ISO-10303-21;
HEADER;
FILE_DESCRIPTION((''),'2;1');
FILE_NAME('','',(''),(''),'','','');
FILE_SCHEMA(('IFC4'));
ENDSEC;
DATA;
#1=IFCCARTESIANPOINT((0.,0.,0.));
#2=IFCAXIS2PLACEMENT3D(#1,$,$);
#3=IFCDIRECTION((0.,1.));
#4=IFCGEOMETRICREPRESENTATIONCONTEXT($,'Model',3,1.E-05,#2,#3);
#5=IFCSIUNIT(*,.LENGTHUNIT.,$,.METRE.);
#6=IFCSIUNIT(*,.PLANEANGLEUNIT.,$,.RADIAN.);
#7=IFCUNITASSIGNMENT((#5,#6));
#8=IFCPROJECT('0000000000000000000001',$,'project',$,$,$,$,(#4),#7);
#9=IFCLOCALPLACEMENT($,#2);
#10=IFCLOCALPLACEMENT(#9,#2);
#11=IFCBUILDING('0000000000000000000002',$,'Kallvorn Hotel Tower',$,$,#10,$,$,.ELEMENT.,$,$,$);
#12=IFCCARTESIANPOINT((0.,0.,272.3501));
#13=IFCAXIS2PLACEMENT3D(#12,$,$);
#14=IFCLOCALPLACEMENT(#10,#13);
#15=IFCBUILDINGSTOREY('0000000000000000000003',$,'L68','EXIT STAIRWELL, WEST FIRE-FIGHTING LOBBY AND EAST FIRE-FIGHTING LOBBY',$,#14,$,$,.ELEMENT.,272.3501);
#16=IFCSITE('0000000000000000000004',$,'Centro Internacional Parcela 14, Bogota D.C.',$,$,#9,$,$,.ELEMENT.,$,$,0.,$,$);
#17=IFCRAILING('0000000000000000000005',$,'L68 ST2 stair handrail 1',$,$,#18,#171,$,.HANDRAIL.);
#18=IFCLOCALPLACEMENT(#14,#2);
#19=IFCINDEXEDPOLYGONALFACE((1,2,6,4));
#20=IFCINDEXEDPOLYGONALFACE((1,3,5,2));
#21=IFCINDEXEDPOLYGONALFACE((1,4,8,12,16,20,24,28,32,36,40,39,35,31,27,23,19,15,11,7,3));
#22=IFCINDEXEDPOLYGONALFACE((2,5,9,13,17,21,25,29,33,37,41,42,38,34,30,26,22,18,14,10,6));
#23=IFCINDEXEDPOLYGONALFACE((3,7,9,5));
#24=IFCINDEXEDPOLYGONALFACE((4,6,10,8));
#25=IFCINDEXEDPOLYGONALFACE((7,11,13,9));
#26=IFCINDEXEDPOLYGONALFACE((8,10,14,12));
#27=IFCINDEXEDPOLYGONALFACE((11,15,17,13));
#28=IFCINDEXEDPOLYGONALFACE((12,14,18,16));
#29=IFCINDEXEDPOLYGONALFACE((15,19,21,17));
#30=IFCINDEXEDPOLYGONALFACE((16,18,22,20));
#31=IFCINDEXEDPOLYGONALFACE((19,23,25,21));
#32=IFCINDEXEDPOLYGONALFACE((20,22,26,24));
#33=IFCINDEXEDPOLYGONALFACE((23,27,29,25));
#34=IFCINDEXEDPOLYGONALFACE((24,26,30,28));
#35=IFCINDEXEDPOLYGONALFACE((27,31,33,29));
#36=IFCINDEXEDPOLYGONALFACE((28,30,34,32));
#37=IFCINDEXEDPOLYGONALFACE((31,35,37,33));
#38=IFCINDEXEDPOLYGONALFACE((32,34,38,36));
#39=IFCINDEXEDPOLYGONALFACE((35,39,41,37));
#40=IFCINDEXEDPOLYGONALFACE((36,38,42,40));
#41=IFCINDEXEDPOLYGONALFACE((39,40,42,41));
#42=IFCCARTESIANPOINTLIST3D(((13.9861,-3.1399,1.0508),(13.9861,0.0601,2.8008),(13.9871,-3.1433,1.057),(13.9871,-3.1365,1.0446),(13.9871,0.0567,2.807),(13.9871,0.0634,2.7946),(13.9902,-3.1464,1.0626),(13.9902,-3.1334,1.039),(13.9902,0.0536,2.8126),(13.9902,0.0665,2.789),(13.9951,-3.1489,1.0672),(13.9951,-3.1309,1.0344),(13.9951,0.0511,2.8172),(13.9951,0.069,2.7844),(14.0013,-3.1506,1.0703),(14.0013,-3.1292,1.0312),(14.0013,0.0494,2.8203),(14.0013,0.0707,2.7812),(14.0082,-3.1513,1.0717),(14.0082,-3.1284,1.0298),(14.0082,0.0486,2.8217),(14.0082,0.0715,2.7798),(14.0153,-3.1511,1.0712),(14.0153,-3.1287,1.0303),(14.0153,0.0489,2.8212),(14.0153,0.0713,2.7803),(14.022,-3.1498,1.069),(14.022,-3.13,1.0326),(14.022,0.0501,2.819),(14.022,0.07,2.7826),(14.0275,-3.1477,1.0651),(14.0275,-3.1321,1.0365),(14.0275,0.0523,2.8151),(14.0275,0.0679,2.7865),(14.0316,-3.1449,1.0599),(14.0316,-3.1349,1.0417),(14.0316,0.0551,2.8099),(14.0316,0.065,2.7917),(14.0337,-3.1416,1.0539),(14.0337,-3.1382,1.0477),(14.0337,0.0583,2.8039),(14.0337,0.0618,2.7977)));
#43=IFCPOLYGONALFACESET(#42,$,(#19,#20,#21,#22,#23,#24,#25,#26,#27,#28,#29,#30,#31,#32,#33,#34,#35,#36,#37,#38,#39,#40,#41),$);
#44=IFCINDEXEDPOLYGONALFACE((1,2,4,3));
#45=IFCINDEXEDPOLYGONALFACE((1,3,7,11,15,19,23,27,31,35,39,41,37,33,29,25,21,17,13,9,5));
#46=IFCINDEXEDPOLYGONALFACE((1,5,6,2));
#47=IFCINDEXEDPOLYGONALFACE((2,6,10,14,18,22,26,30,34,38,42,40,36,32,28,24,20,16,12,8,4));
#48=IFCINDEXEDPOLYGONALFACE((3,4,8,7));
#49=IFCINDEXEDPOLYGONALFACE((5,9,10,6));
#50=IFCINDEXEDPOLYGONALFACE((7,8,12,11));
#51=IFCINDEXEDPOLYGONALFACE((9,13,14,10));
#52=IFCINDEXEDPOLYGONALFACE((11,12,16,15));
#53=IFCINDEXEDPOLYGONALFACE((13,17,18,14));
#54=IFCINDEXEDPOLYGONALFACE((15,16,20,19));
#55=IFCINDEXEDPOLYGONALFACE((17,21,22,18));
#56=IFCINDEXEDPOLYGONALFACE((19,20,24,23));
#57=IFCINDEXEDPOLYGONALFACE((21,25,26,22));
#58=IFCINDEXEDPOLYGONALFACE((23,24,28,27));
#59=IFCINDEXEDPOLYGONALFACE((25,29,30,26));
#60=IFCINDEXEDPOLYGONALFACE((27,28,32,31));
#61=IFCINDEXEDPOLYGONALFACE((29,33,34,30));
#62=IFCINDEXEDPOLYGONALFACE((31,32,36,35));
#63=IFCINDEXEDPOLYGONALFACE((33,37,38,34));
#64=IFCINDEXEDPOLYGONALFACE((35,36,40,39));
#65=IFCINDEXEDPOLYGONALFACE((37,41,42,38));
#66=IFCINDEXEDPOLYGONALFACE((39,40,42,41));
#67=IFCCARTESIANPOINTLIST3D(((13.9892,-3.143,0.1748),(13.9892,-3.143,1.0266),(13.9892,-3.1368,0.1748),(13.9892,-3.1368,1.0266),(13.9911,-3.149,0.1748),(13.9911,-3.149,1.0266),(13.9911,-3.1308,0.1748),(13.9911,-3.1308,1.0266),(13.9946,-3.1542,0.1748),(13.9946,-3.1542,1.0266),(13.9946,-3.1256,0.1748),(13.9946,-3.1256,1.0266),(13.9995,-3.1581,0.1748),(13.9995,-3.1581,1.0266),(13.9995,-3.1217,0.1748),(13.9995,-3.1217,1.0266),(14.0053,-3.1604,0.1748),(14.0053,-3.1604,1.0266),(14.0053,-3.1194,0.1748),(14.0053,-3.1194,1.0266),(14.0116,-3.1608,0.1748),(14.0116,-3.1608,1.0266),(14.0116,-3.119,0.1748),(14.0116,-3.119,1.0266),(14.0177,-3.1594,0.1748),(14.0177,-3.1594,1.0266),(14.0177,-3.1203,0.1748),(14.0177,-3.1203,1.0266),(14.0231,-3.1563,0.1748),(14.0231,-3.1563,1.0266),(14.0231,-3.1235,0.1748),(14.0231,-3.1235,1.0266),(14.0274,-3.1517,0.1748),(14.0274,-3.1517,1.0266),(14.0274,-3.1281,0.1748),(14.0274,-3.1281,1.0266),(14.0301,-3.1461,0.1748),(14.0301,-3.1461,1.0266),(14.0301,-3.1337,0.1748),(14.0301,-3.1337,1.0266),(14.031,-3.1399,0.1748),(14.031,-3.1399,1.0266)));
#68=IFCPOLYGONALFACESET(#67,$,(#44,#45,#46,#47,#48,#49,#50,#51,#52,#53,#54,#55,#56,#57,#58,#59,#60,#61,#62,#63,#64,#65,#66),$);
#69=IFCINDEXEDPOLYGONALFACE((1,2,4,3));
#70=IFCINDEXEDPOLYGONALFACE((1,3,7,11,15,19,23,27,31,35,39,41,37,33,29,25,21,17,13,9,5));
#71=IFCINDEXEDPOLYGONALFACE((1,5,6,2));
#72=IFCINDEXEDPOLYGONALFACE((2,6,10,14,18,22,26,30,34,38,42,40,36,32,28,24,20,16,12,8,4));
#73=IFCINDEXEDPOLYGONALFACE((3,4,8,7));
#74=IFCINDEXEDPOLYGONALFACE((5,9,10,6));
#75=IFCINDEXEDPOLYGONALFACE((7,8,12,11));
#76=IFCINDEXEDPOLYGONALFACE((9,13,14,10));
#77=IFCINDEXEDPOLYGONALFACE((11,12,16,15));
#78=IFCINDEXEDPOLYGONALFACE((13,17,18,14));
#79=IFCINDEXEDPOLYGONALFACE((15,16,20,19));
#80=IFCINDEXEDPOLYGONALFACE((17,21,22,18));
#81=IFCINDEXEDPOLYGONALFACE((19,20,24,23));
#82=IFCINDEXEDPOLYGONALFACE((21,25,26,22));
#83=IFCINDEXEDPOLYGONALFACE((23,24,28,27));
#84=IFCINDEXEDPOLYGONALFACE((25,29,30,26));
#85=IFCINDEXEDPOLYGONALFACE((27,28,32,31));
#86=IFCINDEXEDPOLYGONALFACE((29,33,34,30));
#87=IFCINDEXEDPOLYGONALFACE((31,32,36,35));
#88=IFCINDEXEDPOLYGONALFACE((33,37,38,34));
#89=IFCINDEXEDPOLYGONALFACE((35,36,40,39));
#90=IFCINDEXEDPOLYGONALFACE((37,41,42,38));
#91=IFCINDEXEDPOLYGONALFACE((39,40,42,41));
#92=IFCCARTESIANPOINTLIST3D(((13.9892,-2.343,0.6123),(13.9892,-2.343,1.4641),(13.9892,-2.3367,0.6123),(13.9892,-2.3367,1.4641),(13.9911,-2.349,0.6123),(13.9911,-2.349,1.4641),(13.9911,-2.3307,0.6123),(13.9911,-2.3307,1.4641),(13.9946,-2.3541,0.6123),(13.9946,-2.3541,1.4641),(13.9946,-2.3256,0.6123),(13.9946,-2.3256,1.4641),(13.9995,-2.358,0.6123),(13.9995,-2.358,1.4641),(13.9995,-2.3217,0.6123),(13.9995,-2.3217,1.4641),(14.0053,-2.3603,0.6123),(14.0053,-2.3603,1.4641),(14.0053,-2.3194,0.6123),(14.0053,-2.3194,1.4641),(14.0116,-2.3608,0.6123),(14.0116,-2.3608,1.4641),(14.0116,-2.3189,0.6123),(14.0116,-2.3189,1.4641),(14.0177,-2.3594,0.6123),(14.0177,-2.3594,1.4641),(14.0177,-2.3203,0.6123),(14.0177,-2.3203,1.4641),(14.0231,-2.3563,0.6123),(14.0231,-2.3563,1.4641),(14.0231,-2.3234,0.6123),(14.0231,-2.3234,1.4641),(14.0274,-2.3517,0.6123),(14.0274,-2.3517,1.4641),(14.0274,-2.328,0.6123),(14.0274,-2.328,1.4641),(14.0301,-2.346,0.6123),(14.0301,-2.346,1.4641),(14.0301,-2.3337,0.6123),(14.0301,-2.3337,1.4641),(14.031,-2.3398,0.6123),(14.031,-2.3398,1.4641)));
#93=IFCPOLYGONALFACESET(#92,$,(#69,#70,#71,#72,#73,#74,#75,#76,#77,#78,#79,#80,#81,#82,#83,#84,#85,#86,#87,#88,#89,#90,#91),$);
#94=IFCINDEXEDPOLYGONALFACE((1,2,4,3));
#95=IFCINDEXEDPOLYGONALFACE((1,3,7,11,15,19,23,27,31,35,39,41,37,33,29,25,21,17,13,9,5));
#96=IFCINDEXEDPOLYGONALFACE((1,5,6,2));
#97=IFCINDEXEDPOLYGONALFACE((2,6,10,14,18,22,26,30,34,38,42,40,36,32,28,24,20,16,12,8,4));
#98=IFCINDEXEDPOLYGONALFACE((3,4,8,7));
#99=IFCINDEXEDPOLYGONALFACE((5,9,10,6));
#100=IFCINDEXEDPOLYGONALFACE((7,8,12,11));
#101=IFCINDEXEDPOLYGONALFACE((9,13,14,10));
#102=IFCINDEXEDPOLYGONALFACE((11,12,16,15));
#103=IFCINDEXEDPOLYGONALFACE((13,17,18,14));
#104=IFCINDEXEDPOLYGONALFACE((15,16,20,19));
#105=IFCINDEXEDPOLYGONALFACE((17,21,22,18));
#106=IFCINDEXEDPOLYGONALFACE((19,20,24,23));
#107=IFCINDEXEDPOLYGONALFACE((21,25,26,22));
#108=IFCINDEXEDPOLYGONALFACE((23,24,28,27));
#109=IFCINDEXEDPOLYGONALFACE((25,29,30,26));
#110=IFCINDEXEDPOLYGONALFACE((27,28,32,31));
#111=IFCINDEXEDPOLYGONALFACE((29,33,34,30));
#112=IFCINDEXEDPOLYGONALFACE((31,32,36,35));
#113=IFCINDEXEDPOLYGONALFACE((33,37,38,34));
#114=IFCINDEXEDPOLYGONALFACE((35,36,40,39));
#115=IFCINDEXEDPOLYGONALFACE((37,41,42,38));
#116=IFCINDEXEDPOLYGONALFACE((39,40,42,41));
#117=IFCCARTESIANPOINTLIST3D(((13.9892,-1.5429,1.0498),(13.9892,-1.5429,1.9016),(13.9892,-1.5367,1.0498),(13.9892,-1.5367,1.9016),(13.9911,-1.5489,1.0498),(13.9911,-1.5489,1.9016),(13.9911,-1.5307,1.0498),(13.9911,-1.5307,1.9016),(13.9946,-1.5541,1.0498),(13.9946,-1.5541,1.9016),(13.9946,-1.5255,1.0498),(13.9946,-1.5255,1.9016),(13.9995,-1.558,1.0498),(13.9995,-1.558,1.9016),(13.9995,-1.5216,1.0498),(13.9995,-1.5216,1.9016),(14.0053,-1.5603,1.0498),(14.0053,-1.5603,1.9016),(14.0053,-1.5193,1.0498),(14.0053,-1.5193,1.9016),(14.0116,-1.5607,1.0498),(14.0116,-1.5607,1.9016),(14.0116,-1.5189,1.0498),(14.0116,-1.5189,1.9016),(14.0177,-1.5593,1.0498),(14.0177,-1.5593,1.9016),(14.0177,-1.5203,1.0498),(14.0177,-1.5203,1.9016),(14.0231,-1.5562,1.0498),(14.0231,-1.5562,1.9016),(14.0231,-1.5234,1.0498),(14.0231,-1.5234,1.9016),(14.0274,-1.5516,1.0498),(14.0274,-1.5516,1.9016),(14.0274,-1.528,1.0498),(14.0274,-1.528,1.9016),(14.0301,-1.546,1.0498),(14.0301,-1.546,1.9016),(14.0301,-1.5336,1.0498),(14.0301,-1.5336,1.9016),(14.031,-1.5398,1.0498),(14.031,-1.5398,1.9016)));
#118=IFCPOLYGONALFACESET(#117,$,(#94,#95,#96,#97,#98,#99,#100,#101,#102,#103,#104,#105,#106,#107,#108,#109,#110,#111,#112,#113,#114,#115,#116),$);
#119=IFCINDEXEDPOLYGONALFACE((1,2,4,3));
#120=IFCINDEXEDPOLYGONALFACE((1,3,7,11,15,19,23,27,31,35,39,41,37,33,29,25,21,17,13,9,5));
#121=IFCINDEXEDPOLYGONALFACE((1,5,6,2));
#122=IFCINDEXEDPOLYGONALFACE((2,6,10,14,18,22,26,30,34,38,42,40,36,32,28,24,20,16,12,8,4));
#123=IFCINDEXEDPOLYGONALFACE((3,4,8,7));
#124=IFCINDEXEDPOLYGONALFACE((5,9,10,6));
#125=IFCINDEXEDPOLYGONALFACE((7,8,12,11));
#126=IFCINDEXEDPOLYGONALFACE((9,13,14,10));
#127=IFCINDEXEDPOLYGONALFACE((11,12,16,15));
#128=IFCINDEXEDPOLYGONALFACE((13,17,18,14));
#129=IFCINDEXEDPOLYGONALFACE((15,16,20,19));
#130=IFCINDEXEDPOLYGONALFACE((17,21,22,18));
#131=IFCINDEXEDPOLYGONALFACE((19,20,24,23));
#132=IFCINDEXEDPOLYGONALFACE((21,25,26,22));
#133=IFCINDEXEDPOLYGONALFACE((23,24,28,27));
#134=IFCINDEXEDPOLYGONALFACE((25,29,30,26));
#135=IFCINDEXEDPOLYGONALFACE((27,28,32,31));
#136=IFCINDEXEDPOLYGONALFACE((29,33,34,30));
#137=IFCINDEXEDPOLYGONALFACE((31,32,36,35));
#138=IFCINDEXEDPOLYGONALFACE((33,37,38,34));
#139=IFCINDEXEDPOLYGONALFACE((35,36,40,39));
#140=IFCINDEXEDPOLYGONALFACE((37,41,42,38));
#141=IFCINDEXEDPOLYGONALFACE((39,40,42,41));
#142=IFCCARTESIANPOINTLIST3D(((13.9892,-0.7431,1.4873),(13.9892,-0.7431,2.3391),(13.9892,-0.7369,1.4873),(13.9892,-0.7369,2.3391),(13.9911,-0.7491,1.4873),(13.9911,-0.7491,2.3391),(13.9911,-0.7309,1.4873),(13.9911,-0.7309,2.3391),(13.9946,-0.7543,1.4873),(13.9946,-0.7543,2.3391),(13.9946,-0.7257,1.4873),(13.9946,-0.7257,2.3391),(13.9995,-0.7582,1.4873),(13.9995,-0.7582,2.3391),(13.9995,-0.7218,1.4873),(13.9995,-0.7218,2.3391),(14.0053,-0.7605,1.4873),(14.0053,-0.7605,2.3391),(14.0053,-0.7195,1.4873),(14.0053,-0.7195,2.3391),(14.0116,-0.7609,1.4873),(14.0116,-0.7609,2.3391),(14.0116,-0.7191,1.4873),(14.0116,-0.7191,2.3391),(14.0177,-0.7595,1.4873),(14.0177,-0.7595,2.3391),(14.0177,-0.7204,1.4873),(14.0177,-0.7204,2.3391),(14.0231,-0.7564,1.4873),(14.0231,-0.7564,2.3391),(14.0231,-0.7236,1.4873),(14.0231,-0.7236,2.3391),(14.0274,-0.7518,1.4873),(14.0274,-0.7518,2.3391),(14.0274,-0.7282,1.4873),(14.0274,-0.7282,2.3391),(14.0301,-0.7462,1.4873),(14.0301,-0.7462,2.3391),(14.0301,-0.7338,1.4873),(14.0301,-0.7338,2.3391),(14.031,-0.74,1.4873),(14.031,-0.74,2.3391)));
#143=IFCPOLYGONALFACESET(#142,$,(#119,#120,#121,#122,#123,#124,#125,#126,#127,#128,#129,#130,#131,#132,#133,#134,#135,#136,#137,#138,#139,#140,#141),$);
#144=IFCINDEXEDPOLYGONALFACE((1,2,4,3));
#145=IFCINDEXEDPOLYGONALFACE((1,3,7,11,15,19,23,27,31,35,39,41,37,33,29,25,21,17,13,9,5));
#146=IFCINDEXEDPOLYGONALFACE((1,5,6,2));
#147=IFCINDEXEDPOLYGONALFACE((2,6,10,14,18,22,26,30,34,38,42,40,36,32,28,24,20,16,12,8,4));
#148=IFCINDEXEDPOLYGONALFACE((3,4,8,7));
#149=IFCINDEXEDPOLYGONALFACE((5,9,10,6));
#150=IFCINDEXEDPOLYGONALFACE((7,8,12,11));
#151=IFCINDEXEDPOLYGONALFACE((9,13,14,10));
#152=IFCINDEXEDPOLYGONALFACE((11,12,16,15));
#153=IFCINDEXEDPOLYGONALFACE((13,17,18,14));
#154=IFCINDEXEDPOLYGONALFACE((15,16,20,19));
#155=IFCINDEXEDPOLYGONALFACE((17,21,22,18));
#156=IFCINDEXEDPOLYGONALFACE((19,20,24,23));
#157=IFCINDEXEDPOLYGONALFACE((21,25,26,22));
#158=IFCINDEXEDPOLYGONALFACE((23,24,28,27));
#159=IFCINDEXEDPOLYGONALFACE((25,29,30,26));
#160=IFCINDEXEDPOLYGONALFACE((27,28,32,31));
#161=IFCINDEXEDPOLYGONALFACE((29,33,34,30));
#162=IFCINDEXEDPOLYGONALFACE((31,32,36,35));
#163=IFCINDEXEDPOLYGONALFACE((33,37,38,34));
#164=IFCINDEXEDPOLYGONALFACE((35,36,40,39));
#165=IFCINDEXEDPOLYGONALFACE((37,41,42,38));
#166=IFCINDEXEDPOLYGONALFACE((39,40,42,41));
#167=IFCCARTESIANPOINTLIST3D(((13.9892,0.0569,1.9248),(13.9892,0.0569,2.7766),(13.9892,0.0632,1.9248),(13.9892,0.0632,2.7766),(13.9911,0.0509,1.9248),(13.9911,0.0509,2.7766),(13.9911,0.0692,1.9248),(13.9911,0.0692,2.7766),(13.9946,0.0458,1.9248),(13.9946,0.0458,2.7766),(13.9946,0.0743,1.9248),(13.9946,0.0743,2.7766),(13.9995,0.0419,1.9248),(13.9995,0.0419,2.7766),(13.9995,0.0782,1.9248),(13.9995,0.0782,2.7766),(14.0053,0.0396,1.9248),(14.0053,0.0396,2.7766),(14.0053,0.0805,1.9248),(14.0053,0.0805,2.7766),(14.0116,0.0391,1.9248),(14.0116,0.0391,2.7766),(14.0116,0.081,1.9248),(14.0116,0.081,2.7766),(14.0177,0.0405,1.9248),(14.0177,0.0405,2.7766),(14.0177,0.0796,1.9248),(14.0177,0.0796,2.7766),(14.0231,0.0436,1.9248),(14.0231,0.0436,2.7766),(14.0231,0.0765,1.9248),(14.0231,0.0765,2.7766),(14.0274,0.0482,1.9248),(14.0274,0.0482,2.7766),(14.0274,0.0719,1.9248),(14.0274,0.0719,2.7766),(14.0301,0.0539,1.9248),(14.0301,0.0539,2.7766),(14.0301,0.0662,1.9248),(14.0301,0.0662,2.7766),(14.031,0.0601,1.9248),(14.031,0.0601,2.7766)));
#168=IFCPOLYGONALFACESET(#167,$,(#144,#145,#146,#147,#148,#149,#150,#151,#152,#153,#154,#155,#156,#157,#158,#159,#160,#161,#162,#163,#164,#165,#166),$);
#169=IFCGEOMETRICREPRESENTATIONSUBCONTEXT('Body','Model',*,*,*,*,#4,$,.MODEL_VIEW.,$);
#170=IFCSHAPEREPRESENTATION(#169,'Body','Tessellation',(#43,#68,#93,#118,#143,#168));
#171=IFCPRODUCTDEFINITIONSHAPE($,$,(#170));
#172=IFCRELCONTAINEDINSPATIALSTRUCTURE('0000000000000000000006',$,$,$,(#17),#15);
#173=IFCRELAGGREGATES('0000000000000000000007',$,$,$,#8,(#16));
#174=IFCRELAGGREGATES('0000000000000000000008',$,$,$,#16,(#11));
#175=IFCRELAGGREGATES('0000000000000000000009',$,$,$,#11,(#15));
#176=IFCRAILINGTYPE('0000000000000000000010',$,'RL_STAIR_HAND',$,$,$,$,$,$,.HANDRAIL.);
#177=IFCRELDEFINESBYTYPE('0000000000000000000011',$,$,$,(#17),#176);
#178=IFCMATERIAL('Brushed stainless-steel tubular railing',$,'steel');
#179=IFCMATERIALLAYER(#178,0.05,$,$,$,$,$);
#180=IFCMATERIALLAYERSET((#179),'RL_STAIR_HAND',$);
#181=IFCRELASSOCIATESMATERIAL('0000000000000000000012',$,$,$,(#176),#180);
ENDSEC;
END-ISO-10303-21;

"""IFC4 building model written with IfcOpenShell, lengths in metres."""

from ifc_helpers import new_model, si_unit, direction, frame, origin, origin_2d, place, context, subcontext, project, spatial, circle, extrude, material, layer, layer_set, type_object, element, save


model = new_model("IFC4")

# Units and contexts
model_context = context("Model", 3, precision=1e-05, world=origin(), true_north=direction((0.0, 1.0)))
body_context = subcontext(model_context, "Body", "Model", "MODEL_VIEW")
ifc_project = project(units=[si_unit("LENGTHUNIT", "METRE"), si_unit("PLANEANGLEUNIT", "RADIAN")], contexts=[model_context])

# Site, building, storey
site_placement = place(None, origin())
site = spatial("IfcSite", under=ifc_project, at=site_placement, Name="Centro Internacional Parcela 14, Bogota D.C.", CompositionType="ELEMENT", RefElevation=0.0)
building_placement = place(site_placement, origin())
building = spatial("IfcBuilding", under=site, at=building_placement, Name="Kallvorn Hotel Tower", CompositionType="ELEMENT")
storey_placement = place(building_placement, frame((0.0, 0.0, 272.3501)))
storey = spatial("IfcBuildingStorey", under=building, at=storey_placement, Name="L68", Description="EXIT STAIRWELL, WEST FIRE-FIGHTING LOBBY AND EAST FIRE-FIGHTING LOBBY", CompositionType="ELEMENT", Elevation=272.3501)

# Railing
ifc_material_1 = material(Name="Brushed stainless-steel tubular railing", Category="steel")
ifc_layer_1 = layer(ifc_material_1, 0.05)
ifc_layer_set_1 = layer_set([ifc_layer_1], Name="RL_STAIR_HAND")
railing_type = type_object("IfcRailingType", Name="RL_STAIR_HAND", PredefinedType="HANDRAIL", material=ifc_layer_set_1)
railing_placement = place(storey_placement, frame((14.01, -3.1399, 0.1748)))
element("IfcRailing", 1, at=railing_placement, inside=storey, type_object=railing_type, Name="L68 ST2 stair handrail 1", PredefinedType="HANDRAIL", context=body_context, shape_type="SweptSolid", body=[
    extrude(circle(Radius=0.0239, at=origin_2d()), frame((0.0, 0.0, 0.876), z_axis=(0.0, 0.877368, 0.479818), x_axis=(-1.0, 0.0, 0.0)), (0.0, 0.0, 1.0), 3.6472),
    extrude(circle(Radius=0.021, at=origin_2d()), origin(), (0.0, 0.0, 1.0), 0.8518),
    extrude(circle(Radius=0.021, at=origin_2d()), frame((0.0, 0.8, 0.4375)), (0.0, 0.0, 1.0), 0.8518),
    extrude(circle(Radius=0.021, at=origin_2d()), frame((0.0, 1.6001, 0.875)), (0.0, 0.0, 1.0), 0.8518),
    extrude(circle(Radius=0.021, at=origin_2d()), frame((0.0, 2.3999, 1.3125)), (0.0, 0.0, 1.0), 0.8518),
    extrude(circle(Radius=0.021, at=origin_2d()), frame((0.0, 3.2, 1.75)), (0.0, 0.0, 1.0), 0.8518),
])

save(model, "model.ifc")
